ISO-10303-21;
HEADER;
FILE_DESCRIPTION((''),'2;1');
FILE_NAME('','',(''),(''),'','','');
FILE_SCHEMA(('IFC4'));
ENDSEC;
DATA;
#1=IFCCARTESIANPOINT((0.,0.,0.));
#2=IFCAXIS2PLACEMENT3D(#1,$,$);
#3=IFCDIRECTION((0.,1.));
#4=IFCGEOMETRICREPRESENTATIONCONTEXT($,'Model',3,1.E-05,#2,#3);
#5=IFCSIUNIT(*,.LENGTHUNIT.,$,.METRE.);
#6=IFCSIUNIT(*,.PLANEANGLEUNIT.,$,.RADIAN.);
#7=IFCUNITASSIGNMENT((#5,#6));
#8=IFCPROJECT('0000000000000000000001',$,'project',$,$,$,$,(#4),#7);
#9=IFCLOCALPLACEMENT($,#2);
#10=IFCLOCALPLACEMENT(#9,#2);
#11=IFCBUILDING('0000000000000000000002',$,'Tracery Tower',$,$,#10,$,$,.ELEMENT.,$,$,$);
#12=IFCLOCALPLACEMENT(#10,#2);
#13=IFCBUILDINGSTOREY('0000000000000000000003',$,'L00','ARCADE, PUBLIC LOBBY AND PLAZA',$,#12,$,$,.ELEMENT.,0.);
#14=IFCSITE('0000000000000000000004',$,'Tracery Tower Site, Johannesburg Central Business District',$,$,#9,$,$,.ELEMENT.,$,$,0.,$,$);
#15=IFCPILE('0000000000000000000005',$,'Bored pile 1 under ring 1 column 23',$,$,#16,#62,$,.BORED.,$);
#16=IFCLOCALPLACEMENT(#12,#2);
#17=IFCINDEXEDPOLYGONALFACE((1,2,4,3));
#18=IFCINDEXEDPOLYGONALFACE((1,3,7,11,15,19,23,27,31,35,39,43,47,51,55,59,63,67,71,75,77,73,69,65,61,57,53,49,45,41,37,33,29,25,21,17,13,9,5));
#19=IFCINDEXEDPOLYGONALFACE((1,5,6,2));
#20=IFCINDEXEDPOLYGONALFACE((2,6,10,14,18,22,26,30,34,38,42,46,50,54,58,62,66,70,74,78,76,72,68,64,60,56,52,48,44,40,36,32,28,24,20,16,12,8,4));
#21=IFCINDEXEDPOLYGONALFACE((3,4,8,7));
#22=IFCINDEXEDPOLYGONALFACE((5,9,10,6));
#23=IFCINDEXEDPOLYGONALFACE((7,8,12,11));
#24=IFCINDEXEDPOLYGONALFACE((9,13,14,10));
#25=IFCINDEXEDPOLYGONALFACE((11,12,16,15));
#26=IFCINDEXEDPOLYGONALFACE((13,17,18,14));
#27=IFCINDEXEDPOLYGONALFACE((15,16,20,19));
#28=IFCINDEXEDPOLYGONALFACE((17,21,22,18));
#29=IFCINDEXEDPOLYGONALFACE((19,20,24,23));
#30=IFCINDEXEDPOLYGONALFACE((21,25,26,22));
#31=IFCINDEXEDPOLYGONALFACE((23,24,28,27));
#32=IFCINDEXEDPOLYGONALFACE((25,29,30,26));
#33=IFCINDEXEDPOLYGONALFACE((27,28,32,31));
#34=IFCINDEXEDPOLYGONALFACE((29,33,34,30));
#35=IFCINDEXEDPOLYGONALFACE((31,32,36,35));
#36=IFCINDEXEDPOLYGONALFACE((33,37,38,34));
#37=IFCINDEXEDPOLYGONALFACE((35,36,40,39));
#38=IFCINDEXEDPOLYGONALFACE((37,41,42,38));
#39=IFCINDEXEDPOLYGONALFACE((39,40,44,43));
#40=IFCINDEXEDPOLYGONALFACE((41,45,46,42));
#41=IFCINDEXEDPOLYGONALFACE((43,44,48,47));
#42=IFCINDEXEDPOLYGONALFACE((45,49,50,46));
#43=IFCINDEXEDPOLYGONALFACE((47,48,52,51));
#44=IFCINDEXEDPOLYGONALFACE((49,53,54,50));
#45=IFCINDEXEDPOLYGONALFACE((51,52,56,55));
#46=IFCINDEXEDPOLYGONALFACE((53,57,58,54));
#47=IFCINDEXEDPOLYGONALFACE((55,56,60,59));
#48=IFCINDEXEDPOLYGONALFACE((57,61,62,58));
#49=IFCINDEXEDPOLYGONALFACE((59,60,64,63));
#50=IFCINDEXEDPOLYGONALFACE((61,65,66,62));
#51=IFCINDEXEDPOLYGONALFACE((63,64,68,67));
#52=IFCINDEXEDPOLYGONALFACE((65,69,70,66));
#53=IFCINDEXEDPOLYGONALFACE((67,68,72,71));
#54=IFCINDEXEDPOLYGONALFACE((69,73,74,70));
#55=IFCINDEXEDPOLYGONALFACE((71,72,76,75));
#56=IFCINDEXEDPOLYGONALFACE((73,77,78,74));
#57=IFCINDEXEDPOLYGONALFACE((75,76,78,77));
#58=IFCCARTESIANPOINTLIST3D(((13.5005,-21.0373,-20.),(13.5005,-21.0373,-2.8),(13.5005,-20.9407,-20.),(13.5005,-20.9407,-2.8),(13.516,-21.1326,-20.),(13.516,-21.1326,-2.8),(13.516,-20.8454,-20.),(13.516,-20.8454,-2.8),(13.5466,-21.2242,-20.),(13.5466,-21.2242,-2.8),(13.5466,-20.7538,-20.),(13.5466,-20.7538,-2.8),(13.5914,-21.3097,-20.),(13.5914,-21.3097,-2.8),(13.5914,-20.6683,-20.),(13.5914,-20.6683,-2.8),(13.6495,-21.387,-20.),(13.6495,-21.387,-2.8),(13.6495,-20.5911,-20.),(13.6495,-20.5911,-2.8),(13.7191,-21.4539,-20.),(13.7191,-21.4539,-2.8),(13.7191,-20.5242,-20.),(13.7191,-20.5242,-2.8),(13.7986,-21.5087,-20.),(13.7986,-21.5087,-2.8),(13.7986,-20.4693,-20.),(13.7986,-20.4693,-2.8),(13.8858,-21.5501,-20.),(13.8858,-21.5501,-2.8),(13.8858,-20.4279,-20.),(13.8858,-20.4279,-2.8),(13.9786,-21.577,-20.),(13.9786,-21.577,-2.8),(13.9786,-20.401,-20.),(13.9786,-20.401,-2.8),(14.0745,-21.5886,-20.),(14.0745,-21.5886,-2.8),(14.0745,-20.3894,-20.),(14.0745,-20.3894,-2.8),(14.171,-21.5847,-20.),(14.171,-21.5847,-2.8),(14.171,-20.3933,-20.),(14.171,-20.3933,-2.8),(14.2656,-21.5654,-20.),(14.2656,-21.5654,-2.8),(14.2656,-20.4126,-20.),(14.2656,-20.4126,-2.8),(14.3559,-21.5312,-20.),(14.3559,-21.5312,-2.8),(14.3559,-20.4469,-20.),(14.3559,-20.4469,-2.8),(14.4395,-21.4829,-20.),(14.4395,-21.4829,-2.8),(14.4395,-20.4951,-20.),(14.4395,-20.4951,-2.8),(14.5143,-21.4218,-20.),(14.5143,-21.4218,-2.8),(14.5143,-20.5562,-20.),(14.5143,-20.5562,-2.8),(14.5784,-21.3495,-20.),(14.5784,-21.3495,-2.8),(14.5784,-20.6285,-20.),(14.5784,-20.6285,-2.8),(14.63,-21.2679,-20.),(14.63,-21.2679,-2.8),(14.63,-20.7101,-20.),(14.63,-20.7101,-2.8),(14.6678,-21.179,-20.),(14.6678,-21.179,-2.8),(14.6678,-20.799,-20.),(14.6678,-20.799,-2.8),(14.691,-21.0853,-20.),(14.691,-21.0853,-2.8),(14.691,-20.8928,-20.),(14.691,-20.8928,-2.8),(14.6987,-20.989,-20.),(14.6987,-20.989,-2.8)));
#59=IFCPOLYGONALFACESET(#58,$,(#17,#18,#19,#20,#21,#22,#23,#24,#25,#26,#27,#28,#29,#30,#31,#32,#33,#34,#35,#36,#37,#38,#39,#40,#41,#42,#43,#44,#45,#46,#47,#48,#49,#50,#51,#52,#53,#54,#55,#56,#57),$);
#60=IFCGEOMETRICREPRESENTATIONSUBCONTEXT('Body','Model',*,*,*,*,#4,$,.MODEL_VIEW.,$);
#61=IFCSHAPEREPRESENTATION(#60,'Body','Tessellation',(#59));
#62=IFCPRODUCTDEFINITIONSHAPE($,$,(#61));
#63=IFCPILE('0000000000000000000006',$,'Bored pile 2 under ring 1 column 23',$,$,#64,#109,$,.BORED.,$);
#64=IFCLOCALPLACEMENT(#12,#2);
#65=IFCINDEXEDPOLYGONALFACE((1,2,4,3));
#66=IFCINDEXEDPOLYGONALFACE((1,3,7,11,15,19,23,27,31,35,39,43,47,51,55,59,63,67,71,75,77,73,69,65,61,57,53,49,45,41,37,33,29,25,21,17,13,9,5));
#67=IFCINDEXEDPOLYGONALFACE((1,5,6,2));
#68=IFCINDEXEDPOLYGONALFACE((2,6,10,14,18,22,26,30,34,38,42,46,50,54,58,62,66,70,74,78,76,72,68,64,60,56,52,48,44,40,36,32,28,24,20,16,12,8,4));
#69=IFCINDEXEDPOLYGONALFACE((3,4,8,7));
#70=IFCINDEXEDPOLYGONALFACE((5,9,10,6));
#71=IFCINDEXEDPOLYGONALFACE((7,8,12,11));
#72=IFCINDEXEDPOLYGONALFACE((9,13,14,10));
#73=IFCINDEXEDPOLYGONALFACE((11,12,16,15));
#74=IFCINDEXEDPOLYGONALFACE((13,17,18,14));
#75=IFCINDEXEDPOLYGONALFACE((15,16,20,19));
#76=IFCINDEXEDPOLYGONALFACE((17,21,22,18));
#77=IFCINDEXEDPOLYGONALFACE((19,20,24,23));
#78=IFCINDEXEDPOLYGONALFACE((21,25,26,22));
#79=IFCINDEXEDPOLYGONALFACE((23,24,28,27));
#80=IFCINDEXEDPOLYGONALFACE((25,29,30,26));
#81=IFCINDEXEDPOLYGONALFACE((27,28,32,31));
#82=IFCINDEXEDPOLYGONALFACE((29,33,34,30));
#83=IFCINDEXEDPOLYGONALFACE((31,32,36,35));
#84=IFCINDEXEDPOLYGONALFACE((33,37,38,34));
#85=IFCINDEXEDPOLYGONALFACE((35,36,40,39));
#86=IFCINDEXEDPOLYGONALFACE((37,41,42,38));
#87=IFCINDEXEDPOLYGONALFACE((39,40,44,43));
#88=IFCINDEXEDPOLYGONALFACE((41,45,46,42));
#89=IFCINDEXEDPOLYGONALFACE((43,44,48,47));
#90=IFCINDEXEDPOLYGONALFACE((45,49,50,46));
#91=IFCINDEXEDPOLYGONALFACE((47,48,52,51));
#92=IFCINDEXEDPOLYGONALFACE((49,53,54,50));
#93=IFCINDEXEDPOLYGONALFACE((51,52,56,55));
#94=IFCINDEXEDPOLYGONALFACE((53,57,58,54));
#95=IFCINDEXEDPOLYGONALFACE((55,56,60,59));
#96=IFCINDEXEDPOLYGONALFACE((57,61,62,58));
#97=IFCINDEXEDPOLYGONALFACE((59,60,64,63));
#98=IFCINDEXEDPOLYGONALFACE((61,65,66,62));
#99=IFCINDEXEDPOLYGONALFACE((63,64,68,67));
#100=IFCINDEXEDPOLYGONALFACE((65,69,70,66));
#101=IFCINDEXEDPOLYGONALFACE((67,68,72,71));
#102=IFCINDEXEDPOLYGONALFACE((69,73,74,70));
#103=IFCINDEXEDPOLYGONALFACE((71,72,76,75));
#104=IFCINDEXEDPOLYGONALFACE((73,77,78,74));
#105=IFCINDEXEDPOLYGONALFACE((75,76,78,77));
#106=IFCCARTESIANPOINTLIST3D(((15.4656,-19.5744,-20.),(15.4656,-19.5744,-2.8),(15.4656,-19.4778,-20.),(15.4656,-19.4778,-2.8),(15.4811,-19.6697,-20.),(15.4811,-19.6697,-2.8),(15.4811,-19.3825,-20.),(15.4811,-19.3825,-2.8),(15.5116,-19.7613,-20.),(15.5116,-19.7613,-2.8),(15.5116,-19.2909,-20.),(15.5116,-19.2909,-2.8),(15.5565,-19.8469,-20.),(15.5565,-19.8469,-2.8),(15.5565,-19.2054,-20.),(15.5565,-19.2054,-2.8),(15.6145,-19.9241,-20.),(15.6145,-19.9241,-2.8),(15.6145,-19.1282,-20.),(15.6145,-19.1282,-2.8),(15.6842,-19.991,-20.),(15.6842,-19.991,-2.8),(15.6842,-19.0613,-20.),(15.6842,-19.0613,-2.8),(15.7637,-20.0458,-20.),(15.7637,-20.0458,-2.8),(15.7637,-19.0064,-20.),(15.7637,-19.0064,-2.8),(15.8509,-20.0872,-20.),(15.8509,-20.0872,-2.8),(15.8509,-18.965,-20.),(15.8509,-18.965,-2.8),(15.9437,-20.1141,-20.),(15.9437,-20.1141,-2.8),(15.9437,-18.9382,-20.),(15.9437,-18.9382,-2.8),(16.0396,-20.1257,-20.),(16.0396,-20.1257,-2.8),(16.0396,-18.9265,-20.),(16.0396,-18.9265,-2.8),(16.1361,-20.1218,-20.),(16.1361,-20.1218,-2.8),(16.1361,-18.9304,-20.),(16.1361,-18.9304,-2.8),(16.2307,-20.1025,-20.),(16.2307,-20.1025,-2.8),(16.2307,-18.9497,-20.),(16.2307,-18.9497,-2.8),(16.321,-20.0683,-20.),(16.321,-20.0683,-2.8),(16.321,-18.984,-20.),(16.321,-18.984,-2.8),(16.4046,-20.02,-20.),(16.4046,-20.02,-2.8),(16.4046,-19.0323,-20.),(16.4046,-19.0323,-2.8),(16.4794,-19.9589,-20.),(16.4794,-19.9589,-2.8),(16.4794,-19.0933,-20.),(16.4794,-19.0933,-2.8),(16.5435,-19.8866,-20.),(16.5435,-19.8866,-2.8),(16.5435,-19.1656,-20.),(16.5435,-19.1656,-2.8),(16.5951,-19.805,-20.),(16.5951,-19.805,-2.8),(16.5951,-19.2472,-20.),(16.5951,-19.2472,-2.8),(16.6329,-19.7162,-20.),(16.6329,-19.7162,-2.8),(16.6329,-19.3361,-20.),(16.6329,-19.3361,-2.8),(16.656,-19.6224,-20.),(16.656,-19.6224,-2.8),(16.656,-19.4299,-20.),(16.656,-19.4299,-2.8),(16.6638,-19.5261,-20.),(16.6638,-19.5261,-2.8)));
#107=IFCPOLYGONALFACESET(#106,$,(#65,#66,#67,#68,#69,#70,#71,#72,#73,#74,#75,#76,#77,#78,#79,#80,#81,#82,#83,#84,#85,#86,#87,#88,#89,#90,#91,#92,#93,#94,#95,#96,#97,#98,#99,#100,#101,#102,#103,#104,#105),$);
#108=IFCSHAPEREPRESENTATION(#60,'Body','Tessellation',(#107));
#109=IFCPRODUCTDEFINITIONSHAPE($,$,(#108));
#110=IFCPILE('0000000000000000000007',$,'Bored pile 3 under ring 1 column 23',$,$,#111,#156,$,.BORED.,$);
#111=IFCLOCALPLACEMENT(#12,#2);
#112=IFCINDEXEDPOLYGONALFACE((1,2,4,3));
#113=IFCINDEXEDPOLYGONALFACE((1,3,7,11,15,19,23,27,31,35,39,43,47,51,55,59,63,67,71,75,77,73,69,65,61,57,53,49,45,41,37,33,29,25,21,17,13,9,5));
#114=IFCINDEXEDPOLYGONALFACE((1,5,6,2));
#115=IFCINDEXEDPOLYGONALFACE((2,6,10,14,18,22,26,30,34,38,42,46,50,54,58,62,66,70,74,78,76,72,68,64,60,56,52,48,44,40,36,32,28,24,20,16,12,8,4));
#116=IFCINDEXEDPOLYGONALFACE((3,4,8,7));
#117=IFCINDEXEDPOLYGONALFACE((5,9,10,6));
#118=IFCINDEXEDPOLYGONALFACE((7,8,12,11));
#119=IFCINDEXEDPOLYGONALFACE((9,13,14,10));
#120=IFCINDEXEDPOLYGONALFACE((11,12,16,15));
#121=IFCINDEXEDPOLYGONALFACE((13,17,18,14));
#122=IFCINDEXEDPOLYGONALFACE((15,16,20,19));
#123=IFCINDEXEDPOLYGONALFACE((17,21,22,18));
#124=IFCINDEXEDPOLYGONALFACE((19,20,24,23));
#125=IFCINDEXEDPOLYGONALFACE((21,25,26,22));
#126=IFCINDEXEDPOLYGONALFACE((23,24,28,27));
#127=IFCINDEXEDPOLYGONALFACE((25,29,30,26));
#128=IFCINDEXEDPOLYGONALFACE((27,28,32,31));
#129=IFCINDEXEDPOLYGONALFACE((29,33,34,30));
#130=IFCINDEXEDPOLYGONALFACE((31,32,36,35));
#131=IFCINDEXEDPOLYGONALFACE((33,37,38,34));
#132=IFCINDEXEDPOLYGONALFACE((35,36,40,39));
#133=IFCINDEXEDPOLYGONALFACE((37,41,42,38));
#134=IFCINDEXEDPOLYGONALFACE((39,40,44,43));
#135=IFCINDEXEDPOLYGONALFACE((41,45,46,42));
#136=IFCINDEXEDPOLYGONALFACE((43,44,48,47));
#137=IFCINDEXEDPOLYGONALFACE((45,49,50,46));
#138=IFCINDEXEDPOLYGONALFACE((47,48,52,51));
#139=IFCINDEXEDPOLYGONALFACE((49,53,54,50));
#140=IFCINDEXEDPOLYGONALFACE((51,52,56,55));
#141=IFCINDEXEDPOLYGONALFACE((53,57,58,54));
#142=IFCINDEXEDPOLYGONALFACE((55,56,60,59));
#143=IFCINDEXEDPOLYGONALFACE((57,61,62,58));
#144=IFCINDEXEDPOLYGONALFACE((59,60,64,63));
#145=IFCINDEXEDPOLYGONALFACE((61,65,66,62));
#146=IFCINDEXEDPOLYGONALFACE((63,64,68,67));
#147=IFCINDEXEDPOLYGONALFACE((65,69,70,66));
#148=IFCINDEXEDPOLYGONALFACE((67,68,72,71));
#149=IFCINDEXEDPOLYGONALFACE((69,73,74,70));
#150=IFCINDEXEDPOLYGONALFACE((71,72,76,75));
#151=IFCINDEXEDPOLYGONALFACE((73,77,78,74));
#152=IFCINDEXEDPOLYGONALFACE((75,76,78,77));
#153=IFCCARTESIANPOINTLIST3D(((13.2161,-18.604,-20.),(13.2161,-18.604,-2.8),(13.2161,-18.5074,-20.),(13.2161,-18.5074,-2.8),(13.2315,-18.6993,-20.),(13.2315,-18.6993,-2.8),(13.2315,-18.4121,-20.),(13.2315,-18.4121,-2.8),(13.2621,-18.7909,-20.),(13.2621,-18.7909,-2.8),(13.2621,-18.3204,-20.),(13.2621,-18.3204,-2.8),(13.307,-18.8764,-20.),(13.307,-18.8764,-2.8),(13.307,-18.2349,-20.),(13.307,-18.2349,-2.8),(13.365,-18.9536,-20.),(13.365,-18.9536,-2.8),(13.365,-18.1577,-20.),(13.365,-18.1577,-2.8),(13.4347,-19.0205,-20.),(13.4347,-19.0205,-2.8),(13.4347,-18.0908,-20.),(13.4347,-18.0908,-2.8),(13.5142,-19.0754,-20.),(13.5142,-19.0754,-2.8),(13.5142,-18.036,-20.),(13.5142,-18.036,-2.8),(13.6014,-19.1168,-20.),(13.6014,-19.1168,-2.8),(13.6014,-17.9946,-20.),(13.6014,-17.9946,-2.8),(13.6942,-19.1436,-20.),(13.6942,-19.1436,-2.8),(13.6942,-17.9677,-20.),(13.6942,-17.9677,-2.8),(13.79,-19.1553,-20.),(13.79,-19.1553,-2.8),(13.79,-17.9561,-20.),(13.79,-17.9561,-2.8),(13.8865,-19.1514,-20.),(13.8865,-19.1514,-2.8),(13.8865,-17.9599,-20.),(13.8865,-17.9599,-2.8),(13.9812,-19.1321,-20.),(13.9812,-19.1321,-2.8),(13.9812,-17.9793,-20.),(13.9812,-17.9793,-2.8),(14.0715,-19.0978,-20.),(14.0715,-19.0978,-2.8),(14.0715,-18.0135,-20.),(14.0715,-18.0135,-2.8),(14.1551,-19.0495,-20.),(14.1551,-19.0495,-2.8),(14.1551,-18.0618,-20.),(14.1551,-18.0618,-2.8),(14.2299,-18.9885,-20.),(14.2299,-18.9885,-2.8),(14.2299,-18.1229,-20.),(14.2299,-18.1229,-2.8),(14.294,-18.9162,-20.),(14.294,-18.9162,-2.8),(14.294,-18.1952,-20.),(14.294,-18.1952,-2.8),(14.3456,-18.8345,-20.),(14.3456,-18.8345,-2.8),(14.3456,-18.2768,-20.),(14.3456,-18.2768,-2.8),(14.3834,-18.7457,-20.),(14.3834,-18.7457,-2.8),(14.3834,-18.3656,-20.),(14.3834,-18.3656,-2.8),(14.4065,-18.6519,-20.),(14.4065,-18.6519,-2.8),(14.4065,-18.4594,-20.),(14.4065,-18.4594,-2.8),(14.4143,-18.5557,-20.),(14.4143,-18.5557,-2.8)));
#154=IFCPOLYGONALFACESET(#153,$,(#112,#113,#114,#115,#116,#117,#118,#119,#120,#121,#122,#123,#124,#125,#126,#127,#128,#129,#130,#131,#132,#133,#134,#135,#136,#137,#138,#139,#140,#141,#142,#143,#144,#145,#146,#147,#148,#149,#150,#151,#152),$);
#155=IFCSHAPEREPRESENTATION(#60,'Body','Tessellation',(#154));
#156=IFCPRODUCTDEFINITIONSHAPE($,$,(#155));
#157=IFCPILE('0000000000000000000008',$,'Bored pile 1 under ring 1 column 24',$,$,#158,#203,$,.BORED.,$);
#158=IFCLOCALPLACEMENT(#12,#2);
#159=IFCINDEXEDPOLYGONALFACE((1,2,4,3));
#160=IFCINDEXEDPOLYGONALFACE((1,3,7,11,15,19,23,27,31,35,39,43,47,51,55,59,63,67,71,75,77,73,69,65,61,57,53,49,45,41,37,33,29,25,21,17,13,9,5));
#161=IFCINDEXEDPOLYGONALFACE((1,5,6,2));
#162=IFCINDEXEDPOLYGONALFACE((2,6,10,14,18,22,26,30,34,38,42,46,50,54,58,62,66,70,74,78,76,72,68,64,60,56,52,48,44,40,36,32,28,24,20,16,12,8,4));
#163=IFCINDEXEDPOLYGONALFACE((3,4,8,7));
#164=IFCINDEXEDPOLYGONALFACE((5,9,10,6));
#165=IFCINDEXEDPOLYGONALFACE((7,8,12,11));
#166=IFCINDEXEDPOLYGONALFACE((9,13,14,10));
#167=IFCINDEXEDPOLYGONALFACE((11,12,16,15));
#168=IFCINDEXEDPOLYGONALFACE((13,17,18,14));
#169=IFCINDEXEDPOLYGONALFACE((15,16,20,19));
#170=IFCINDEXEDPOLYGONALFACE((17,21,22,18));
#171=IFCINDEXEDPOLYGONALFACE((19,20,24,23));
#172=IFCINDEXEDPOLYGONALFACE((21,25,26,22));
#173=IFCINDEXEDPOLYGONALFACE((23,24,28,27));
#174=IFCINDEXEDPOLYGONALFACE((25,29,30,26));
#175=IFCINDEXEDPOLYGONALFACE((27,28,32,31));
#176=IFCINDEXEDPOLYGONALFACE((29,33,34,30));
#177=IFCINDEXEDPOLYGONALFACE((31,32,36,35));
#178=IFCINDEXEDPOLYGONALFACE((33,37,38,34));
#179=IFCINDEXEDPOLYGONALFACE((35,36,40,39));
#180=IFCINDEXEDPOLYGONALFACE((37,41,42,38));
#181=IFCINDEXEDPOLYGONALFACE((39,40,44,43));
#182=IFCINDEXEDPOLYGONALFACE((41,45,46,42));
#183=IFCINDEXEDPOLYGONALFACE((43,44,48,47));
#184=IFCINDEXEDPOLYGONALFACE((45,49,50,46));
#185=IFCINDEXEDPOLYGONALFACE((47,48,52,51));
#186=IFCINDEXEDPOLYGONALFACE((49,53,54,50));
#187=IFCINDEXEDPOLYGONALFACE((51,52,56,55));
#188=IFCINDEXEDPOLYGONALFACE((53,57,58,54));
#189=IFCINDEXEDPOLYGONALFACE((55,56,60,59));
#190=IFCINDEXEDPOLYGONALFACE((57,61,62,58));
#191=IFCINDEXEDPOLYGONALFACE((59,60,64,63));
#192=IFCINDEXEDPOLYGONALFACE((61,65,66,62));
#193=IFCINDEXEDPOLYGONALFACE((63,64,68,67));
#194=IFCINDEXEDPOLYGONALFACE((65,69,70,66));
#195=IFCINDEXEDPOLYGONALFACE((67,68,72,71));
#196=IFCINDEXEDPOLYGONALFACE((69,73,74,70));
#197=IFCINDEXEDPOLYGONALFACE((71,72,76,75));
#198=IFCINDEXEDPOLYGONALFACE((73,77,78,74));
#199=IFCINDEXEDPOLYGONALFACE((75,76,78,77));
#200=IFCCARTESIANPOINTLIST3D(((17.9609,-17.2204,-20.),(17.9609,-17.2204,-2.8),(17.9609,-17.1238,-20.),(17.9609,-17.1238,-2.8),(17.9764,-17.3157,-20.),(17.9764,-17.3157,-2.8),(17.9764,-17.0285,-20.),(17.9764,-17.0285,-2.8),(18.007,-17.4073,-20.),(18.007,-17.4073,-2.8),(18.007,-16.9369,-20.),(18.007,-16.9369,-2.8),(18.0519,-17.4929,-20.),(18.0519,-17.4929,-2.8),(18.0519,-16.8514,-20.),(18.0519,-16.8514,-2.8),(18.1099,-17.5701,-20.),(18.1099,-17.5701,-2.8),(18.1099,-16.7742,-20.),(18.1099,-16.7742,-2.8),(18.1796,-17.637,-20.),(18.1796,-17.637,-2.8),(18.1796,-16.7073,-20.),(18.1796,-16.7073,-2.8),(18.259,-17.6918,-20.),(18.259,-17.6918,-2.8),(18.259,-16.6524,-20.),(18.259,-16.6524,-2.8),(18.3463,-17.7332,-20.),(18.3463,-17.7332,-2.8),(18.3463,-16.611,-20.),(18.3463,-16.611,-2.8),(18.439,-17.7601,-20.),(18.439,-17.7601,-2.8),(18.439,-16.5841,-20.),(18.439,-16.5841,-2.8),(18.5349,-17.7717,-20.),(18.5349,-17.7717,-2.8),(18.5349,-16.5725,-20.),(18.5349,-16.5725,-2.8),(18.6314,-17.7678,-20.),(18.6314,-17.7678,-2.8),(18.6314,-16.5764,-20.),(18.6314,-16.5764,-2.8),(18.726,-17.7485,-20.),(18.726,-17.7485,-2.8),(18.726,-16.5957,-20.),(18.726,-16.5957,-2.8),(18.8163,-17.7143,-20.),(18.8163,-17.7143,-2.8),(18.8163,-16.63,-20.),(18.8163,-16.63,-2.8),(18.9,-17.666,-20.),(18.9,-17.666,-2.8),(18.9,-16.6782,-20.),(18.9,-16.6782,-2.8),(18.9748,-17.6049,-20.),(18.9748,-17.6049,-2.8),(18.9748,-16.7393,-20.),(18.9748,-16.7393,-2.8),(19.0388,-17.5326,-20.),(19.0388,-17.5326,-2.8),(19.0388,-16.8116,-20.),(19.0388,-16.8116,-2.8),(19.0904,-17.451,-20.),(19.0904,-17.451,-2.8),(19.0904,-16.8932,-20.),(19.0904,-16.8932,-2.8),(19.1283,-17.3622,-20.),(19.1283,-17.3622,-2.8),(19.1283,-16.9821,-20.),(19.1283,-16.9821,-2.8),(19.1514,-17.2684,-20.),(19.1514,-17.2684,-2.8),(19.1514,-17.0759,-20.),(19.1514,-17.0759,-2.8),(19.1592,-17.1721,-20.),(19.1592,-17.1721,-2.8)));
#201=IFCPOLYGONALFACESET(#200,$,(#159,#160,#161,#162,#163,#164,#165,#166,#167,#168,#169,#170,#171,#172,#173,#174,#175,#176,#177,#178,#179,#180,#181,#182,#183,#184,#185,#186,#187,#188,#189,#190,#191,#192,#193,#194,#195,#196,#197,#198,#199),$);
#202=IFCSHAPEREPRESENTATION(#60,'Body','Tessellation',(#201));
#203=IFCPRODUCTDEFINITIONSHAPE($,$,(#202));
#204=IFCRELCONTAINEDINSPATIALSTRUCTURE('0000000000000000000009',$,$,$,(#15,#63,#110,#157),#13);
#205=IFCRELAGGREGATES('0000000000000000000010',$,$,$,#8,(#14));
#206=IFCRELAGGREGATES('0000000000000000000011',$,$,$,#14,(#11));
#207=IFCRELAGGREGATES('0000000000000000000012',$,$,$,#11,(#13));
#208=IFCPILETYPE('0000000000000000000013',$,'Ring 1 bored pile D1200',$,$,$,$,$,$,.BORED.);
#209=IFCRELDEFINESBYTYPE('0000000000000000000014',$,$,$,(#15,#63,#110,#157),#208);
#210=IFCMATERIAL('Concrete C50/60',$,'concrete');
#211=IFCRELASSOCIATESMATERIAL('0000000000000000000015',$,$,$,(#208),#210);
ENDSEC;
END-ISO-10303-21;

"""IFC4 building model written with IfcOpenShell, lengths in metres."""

from ifc_helpers import new_model, si_unit, direction, frame, origin, origin_2d, place, context, subcontext, project, spatial, circle, extrude, material, material_profile, profile_set, type_object, element, save


model = new_model("IFC4")

# Units and contexts
model_context = context("Model", 3, precision=1e-05, world=origin(), true_north=direction((0.0, 1.0)))
body_context = subcontext(model_context, "Body", "Model", "MODEL_VIEW")
ifc_project = project(units=[si_unit("LENGTHUNIT", "METRE"), si_unit("PLANEANGLEUNIT", "RADIAN")], contexts=[model_context])

# Site, building, storey
site_placement = place(None, origin())
site = spatial("IfcSite", under=ifc_project, at=site_placement, Name="Tracery Tower Site, Johannesburg Central Business District", CompositionType="ELEMENT", RefElevation=0.0)
building_placement = place(site_placement, origin())
building = spatial("IfcBuilding", under=site, at=building_placement, Name="Tracery Tower", CompositionType="ELEMENT")
storey_placement = place(building_placement, origin())
storey = spatial("IfcBuildingStorey", under=building, at=storey_placement, Name="L00", Description="ARCADE, PUBLIC LOBBY AND PLAZA", CompositionType="ELEMENT", Elevation=0.0)

# Piles
ifc_material_1 = material(Name="Concrete C50/60", Category="concrete")
ifc_material_profile_1 = material_profile(ifc_material_1, circle(Radius=0.6001, at=origin_2d()), Name="RC D1200")
ifc_profile_set_1 = profile_set([ifc_material_profile_1], Name="Concrete C50/60")
pile_type_1 = type_object("IfcPileType", Name="Ring 1 bored pile D1200", PredefinedType="BORED", material=ifc_profile_set_1)
for number, where, z_axis, x_axis, name in (
    (1, (14.0986, -20.989, -2.8), (0.0, 0.0, -1.0), (1.0, 0.0, 0.0), "Bored pile 1 under ring 1 column 23"),
    (2, (16.0637, -19.5261, -2.8), (0.0, 0.0, -1.0), (1.0, 0.0, 0.0), "Bored pile 2 under ring 1 column 23"),
    (3, (13.8142, -18.5557, -2.8), (0.0, 0.0, -1.0), (1.0, 0.0, 0.0), "Bored pile 3 under ring 1 column 23"),
    (4, (18.5591, -17.1721, -2.8), (0.0, 0.0, -1.0), (1.0, 0.0, 0.0), "Bored pile 1 under ring 1 column 24"),
):
    element("IfcPile", number, at=place(storey_placement, frame(where, z_axis=z_axis, x_axis=x_axis)), inside=storey, type_object=pile_type_1, Name=name, PredefinedType="BORED", context=body_context, shape_type="SweptSolid", body=[
        extrude(circle(Radius=0.6001, at=origin_2d()), origin(), (0.0, 0.0, 1.0), 17.2),
    ])

save(model, "model.ifc")
